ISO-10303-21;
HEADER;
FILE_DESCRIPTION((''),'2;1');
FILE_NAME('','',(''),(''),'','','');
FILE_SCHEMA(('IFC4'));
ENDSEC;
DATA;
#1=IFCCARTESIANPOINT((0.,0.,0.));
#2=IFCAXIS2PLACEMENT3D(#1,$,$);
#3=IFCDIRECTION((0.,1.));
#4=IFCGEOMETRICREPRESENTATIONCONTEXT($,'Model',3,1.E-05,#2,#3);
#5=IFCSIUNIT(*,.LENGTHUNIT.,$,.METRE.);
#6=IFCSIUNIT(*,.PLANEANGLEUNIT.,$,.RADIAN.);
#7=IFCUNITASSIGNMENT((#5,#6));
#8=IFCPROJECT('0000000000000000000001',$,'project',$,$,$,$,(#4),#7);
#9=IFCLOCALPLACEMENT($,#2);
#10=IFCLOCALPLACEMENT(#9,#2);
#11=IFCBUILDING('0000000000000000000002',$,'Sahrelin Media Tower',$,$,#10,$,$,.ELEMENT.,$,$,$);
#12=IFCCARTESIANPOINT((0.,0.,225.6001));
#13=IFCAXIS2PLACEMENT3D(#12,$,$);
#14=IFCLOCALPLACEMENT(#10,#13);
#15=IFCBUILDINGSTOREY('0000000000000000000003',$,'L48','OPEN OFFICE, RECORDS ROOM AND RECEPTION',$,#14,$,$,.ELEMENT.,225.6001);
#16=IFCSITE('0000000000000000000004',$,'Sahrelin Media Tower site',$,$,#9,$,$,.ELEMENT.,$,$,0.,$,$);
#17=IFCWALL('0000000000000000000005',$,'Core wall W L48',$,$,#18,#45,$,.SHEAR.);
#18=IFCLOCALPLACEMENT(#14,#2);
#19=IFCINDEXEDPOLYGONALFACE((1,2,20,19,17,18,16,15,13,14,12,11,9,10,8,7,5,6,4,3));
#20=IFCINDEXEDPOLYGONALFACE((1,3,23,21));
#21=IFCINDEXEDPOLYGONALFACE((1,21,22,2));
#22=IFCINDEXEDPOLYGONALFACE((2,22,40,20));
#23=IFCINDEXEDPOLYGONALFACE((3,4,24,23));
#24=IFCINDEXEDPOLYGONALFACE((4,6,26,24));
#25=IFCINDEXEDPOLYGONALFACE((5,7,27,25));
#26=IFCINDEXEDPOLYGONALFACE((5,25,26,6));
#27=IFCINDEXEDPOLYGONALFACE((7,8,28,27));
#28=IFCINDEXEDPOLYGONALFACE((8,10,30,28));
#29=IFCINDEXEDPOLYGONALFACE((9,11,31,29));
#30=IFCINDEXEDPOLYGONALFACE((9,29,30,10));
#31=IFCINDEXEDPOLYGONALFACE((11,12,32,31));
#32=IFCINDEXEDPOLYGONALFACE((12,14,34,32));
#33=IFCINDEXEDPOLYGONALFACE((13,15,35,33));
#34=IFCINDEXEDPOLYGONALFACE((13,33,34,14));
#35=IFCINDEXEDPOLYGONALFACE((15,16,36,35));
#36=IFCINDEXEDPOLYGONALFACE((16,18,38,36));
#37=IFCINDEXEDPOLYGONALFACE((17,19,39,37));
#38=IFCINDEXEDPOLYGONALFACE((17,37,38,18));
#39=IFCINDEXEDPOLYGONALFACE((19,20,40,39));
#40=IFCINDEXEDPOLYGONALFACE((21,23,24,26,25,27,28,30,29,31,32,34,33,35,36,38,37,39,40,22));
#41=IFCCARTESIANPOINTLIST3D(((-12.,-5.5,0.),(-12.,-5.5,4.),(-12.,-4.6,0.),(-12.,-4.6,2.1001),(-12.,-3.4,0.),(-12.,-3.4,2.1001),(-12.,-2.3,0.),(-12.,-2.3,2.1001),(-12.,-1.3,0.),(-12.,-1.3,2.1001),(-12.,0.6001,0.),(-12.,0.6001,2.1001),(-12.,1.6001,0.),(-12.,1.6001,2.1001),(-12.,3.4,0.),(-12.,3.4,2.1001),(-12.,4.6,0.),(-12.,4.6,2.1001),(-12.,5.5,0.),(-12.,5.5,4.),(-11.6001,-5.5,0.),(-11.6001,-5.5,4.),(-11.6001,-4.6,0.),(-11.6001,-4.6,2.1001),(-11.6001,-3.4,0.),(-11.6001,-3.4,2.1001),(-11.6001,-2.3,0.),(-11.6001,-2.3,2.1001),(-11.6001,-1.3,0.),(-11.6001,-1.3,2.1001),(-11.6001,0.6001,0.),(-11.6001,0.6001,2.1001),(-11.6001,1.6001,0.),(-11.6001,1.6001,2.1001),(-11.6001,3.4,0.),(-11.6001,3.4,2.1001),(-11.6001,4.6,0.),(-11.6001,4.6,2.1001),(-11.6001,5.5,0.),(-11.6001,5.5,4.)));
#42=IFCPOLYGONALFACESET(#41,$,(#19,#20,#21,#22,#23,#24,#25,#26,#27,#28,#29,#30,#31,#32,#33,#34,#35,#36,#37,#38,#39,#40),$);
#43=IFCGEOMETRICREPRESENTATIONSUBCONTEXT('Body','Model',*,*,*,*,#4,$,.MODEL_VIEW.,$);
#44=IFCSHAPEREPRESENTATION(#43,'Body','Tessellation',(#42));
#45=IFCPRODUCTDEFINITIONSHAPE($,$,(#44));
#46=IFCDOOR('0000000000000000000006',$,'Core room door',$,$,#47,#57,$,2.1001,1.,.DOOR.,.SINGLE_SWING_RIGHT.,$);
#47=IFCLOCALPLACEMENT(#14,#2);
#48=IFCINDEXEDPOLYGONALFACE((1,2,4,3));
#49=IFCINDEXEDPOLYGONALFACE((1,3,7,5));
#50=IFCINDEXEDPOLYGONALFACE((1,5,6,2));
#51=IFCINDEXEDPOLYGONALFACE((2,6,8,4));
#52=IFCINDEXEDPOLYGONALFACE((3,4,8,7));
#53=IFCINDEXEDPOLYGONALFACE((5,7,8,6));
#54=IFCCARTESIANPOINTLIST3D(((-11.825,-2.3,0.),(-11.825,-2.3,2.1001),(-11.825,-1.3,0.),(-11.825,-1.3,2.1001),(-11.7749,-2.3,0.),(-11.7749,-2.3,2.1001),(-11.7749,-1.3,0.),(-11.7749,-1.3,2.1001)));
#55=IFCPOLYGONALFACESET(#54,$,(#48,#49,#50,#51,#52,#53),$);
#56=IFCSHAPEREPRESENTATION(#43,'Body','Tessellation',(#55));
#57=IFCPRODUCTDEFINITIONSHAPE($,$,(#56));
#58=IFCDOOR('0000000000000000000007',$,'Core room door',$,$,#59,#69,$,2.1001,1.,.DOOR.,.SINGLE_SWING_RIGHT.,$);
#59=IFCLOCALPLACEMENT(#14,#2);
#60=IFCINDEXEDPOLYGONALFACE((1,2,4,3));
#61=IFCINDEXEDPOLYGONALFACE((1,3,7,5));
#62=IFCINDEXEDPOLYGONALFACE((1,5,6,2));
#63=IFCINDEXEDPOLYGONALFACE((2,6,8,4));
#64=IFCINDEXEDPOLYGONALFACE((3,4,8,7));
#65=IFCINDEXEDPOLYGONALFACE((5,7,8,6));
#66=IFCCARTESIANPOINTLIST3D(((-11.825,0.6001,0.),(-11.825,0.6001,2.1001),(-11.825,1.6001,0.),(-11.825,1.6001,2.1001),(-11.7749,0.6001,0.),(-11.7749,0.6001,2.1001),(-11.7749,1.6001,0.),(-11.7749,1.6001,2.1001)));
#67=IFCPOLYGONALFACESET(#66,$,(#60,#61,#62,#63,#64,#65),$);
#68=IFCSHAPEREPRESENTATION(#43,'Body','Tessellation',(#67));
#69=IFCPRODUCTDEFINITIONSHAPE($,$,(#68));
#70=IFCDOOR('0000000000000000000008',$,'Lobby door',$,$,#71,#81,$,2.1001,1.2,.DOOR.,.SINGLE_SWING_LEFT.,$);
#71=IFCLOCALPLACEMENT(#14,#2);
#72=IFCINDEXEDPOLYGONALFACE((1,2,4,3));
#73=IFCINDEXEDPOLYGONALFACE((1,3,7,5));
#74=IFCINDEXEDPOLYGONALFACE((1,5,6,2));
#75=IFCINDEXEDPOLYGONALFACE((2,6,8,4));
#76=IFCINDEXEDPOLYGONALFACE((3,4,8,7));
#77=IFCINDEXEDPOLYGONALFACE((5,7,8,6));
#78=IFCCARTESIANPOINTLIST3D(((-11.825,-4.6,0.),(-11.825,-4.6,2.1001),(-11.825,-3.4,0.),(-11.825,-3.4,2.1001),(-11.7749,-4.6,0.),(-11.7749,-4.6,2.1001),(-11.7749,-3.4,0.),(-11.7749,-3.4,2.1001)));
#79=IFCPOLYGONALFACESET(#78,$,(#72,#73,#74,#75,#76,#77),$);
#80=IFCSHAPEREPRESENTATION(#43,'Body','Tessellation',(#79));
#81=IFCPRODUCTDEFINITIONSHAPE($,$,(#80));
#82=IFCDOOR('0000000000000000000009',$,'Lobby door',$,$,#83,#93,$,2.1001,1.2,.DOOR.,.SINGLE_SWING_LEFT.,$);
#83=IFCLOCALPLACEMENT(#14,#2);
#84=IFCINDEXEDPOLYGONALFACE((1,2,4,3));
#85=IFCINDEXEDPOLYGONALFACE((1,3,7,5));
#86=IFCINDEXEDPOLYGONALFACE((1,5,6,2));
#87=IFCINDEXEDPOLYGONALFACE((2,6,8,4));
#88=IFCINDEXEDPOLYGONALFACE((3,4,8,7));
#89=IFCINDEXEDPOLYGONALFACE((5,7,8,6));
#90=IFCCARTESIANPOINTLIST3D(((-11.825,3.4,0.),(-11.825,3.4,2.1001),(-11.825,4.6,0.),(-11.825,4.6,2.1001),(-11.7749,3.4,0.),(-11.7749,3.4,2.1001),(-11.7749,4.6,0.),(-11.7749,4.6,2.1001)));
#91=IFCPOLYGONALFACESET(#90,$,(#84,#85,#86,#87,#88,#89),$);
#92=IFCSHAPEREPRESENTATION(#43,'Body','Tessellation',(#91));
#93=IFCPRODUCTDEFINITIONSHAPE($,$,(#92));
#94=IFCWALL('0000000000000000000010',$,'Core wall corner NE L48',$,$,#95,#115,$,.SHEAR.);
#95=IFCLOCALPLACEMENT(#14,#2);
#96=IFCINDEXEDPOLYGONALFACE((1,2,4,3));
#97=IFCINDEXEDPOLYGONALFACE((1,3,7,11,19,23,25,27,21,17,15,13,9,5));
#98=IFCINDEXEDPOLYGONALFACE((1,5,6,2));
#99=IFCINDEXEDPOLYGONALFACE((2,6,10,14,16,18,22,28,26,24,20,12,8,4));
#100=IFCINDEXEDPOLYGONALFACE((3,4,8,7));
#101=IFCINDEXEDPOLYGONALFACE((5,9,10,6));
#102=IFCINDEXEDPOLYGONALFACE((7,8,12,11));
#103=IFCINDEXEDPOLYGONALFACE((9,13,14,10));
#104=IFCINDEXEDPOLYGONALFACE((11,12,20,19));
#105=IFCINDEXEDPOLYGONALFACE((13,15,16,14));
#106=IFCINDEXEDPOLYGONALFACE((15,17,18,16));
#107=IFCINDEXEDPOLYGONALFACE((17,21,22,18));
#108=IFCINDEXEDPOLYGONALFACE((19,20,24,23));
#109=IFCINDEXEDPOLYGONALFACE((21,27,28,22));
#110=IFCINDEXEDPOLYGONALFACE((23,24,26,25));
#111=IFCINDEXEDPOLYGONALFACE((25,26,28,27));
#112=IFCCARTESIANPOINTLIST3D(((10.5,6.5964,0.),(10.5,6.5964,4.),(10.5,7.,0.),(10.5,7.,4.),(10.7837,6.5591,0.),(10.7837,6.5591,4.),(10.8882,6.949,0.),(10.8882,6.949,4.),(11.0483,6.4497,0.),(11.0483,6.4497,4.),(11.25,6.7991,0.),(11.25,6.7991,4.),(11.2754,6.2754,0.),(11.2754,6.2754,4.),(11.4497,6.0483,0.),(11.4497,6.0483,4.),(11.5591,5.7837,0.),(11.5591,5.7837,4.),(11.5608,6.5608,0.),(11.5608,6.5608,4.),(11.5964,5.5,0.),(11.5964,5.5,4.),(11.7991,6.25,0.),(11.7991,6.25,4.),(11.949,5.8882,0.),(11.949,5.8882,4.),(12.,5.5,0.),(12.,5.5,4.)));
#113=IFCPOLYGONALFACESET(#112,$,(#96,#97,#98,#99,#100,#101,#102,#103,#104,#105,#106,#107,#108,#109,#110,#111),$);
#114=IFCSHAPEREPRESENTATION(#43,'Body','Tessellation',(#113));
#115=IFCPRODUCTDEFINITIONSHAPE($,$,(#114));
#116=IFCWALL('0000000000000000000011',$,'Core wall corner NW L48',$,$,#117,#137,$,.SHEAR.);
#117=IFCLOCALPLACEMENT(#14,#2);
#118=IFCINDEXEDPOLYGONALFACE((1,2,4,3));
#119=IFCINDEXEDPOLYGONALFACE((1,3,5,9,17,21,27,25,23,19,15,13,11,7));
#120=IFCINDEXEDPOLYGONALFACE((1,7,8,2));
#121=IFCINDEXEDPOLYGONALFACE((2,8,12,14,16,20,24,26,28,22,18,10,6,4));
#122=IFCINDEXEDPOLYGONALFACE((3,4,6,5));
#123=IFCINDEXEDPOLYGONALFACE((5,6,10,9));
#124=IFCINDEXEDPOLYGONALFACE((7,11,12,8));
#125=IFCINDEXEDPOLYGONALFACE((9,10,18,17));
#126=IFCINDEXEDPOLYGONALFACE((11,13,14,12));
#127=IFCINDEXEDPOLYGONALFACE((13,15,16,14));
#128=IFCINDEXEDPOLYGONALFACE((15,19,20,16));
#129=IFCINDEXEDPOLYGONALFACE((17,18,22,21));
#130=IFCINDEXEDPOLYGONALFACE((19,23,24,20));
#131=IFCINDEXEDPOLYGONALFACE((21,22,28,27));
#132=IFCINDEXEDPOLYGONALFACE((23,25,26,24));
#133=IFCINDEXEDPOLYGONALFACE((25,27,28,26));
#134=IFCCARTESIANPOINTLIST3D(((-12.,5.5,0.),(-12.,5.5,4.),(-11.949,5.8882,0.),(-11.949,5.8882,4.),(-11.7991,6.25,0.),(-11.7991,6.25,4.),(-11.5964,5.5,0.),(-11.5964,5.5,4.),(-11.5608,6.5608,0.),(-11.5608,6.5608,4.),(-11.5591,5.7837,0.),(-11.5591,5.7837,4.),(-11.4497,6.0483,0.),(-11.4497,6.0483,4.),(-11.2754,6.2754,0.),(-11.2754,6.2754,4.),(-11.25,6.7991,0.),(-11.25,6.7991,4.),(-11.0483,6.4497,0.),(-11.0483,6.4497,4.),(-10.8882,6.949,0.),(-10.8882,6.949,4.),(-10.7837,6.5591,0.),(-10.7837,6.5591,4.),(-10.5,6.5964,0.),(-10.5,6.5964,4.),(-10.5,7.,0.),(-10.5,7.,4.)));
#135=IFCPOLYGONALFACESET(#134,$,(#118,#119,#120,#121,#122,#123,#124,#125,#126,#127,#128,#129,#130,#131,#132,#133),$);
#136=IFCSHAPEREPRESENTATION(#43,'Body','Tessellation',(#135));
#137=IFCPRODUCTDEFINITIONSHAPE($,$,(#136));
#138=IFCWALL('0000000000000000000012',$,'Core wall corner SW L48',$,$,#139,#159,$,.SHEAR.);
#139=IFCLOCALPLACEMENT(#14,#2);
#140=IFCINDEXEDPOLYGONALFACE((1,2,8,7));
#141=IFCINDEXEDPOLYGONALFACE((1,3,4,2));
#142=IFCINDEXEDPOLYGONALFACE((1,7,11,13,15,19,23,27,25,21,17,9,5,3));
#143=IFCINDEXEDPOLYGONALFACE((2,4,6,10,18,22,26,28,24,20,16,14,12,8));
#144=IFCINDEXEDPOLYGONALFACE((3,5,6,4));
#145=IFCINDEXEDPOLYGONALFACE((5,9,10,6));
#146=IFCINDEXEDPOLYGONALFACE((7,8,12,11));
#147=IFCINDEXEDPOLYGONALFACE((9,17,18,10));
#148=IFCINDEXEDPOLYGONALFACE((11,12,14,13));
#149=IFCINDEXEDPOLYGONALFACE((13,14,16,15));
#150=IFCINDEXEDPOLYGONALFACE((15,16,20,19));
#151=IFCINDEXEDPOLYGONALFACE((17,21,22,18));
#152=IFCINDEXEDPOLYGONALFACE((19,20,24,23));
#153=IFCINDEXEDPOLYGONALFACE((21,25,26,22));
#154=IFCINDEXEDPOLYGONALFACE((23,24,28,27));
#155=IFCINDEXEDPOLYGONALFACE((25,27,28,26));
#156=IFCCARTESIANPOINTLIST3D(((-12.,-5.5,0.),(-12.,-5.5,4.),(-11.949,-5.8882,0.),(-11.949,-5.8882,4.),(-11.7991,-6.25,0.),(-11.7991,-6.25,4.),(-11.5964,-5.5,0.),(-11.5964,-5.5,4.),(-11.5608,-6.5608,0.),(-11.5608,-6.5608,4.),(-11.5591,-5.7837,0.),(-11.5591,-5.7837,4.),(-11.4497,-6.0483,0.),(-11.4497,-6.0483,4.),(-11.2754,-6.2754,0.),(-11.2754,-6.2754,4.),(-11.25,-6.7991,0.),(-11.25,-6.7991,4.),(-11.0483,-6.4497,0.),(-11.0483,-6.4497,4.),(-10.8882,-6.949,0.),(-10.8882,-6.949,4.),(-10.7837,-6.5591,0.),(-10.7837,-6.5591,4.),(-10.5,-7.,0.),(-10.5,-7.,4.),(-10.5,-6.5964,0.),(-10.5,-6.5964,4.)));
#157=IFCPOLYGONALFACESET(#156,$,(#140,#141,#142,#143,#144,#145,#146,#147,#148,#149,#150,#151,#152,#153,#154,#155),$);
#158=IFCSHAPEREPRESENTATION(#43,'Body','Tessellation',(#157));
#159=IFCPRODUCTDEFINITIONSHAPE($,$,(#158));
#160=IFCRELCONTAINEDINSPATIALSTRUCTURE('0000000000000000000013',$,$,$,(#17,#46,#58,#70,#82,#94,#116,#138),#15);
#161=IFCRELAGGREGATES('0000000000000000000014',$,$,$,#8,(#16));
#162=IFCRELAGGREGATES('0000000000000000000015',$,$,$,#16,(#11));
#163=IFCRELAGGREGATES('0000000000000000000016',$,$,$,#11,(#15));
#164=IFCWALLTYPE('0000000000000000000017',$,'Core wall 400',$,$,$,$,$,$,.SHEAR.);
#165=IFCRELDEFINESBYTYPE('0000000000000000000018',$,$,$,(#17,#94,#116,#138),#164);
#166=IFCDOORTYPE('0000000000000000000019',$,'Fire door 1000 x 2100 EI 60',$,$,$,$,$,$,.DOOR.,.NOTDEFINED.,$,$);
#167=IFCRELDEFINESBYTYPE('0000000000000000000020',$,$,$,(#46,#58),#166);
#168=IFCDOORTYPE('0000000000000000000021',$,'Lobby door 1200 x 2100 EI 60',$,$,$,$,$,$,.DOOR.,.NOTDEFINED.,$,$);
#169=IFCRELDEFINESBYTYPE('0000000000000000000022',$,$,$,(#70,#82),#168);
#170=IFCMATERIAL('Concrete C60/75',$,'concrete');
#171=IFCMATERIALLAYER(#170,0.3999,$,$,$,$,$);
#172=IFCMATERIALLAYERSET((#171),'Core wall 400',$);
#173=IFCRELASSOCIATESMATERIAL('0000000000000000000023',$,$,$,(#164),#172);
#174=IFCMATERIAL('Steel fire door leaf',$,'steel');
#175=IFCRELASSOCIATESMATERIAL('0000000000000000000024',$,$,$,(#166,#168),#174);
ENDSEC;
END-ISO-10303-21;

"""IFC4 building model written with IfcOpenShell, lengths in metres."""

from ifc_helpers import new_model, si_unit, direction, frame, frame_2d, origin, place, context, subcontext, project, spatial, polyline, rectangle, outline, extrude, material, layer, layer_set, type_object, element, fill, save


model = new_model("IFC4")

# Units and contexts
model_context = context("Model", 3, precision=1e-05, world=origin(), true_north=direction((0.0, 1.0)))
body_context = subcontext(model_context, "Body", "Model", "MODEL_VIEW")
ifc_project = project(units=[si_unit("LENGTHUNIT", "METRE"), si_unit("PLANEANGLEUNIT", "RADIAN")], contexts=[model_context])

# Site, building, storey
site_placement = place(None, origin())
site = spatial("IfcSite", under=ifc_project, at=site_placement, Name="Sahrelin Media Tower site", CompositionType="ELEMENT", RefElevation=0.0)
building_placement = place(site_placement, origin())
building = spatial("IfcBuilding", under=site, at=building_placement, Name="Sahrelin Media Tower", CompositionType="ELEMENT")
storey_placement = place(building_placement, frame((0.0, 0.0, 225.6001)))
storey = spatial("IfcBuildingStorey", under=building, at=storey_placement, Name="L48", Description="OPEN OFFICE, RECORDS ROOM AND RECEPTION", CompositionType="ELEMENT", Elevation=225.6001)

# Shared definitions
placement_1 = place(storey_placement, origin())

# Wall, openings, doors
ifc_material_1 = material(Name="Concrete C60/75", Category="concrete")
ifc_layer_1 = layer(ifc_material_1, 0.3999)
ifc_layer_set_1 = layer_set([ifc_layer_1], Name="Core wall 400")
wall_type_1 = type_object("IfcWallType", Name="Core wall 400", PredefinedType="SHEAR", material=ifc_layer_set_1)
wall_1_placement = place(storey_placement, frame((-11.8, -5.5, 0.0), z_axis=(0.0, 0.0, 1.0), x_axis=(0.0, 1.0, 0.0)))
wall_1 = element("IfcWall", 1, at=wall_1_placement, inside=storey, type_object=wall_type_1, Name="Core wall W L48", PredefinedType="SHEAR", context=body_context, shape_type="SweptSolid", body=[
    extrude(rectangle(XDim=11.0, YDim=0.3999, at=frame_2d((5.5, 0.0))), origin(), (0.0, 0.0, 1.0), 4.0),
])
opening_1_placement = place(wall_1_placement, frame((3.2, 0.0, 0.0)))
opening_1 = element("IfcOpeningElement", 2, at=opening_1_placement, cuts=wall_1, PredefinedType="OPENING", context=body_context, shape_type="SweptSolid", body=[
    extrude(rectangle(XDim=1.0, YDim=2.1001, at=frame_2d((0.5, 1.05))), frame((0.0, 0.2, 0.0), z_axis=(0.0, -1.0, 0.0), x_axis=(1.0, 0.0, 0.0)), (0.0, 0.0, 1.0), 0.3999),
])
opening_2_placement = place(wall_1_placement, frame((6.1001, 0.0, 0.0)))
opening_2 = element("IfcOpeningElement", 3, at=opening_2_placement, cuts=wall_1, PredefinedType="OPENING", context=body_context, shape_type="SweptSolid", body=[
    extrude(rectangle(XDim=1.0, YDim=2.1001, at=frame_2d((0.5, 1.05))), frame((0.0, 0.2, 0.0), z_axis=(0.0, -1.0, 0.0), x_axis=(1.0, 0.0, 0.0)), (0.0, 0.0, 1.0), 0.3999),
])
opening_3_placement = place(wall_1_placement, frame((0.8999, 0.0, 0.0)))
opening_3 = element("IfcOpeningElement", 4, at=opening_3_placement, cuts=wall_1, PredefinedType="OPENING", context=body_context, shape_type="SweptSolid", body=[
    extrude(rectangle(XDim=1.2, YDim=2.1001, at=frame_2d((0.6001, 1.05))), frame((0.0, 0.2, 0.0), z_axis=(0.0, -1.0, 0.0), x_axis=(1.0, 0.0, 0.0)), (0.0, 0.0, 1.0), 0.3999),
])
opening_4_placement = place(wall_1_placement, frame((8.8999, 0.0, 0.0)))
opening_4 = element("IfcOpeningElement", 5, at=opening_4_placement, cuts=wall_1, PredefinedType="OPENING", context=body_context, shape_type="SweptSolid", body=[
    extrude(rectangle(XDim=1.2, YDim=2.1001, at=frame_2d((0.6001, 1.05))), frame((0.0, 0.2, 0.0), z_axis=(0.0, -1.0, 0.0), x_axis=(1.0, 0.0, 0.0)), (0.0, 0.0, 1.0), 0.3999),
])
ifc_material_2 = material(Name="Steel fire door leaf", Category="steel")
door_type_1 = type_object("IfcDoorType", Name="Fire door 1000 x 2100 EI 60", OperationType="NOTDEFINED", PredefinedType="DOOR", material=ifc_material_2)
door_1_placement = place(opening_1_placement, origin())
door_1 = element("IfcDoor", 6, at=door_1_placement, inside=storey, type_object=door_type_1, Name="Core room door", OperationType="SINGLE_SWING_RIGHT", OverallHeight=2.1001, OverallWidth=1.0, PredefinedType="DOOR", context=body_context, shape_type="SweptSolid", body=[
    extrude(rectangle(XDim=1.0, YDim=2.1001, at=frame_2d((0.5, 1.05))), frame((0.0, 0.0249, 0.0), z_axis=(0.0, -1.0, 0.0), x_axis=(1.0, 0.0, 0.0)), (0.0, 0.0, 1.0), 0.05),
])
fill(opening_1, door_1)
door_2_placement = place(opening_2_placement, origin())
door_2 = element("IfcDoor", 7, at=door_2_placement, inside=storey, type_object=door_type_1, Name="Core room door", OperationType="SINGLE_SWING_RIGHT", OverallHeight=2.1001, OverallWidth=1.0, PredefinedType="DOOR", context=body_context, shape_type="SweptSolid", body=[
    extrude(rectangle(XDim=1.0, YDim=2.1001, at=frame_2d((0.5, 1.05))), frame((0.0, 0.0249, 0.0), z_axis=(0.0, -1.0, 0.0), x_axis=(1.0, 0.0, 0.0)), (0.0, 0.0, 1.0), 0.05),
])
fill(opening_2, door_2)
door_type_2 = type_object("IfcDoorType", Name="Lobby door 1200 x 2100 EI 60", OperationType="NOTDEFINED", PredefinedType="DOOR", material=ifc_material_2)
door_3_placement = place(opening_3_placement, origin())
door_3 = element("IfcDoor", 8, at=door_3_placement, inside=storey, type_object=door_type_2, Name="Lobby door", OperationType="SINGLE_SWING_LEFT", OverallHeight=2.1001, OverallWidth=1.2, PredefinedType="DOOR", context=body_context, shape_type="SweptSolid", body=[
    extrude(rectangle(XDim=1.2, YDim=2.1001, at=frame_2d((0.6001, 1.05))), frame((0.0, 0.0249, 0.0), z_axis=(0.0, -1.0, 0.0), x_axis=(1.0, 0.0, 0.0)), (0.0, 0.0, 1.0), 0.05),
])
fill(opening_3, door_3)
door_4_placement = place(opening_4_placement, origin())
door_4 = element("IfcDoor", 9, at=door_4_placement, inside=storey, type_object=door_type_2, Name="Lobby door", OperationType="SINGLE_SWING_LEFT", OverallHeight=2.1001, OverallWidth=1.2, PredefinedType="DOOR", context=body_context, shape_type="SweptSolid", body=[
    extrude(rectangle(XDim=1.2, YDim=2.1001, at=frame_2d((0.6001, 1.05))), frame((0.0, 0.0249, 0.0), z_axis=(0.0, -1.0, 0.0), x_axis=(1.0, 0.0, 0.0)), (0.0, 0.0, 1.0), 0.05),
])
fill(opening_4, door_4)

# Walls
element("IfcWall", 10, at=placement_1, inside=storey, type_object=wall_type_1, Name="Core wall corner NE L48", PredefinedType="SHEAR", context=body_context, shape_type="SweptSolid", body=[
    extrude(outline(polyline([(10.5, 7.0), (10.5, 6.5964), (10.7837, 6.5591), (11.0483, 6.4497), (11.2754, 6.2754), (11.4497, 6.0483), (11.5591, 5.7837), (11.5964, 5.5), (12.0, 5.5), (11.949, 5.8882), (11.7991, 6.25), (11.5608, 6.5608), (11.25, 6.7991), (10.8882, 6.949), (10.5, 7.0)])), origin(), (0.0, 0.0, 1.0), 4.0),
])
element("IfcWall", 11, at=placement_1, inside=storey, type_object=wall_type_1, Name="Core wall corner NW L48", PredefinedType="SHEAR", context=body_context, shape_type="SweptSolid", body=[
    extrude(outline(polyline([(-12.0, 5.5), (-11.5964, 5.5), (-11.5591, 5.7837), (-11.4497, 6.0483), (-11.2754, 6.2754), (-11.0483, 6.4497), (-10.7837, 6.5591), (-10.5, 6.5964), (-10.5, 7.0), (-10.8882, 6.949), (-11.25, 6.7991), (-11.5608, 6.5608), (-11.7991, 6.25), (-11.949, 5.8882), (-12.0, 5.5)])), origin(), (0.0, 0.0, 1.0), 4.0),
])
element("IfcWall", 12, at=placement_1, inside=storey, type_object=wall_type_1, Name="Core wall corner SW L48", PredefinedType="SHEAR", context=body_context, shape_type="SweptSolid", body=[
    extrude(outline(polyline([(-10.5, -7.0), (-10.5, -6.5964), (-10.7837, -6.5591), (-11.0483, -6.4497), (-11.2754, -6.2754), (-11.4497, -6.0483), (-11.5591, -5.7837), (-11.5964, -5.5), (-12.0, -5.5), (-11.949, -5.8882), (-11.7991, -6.25), (-11.5608, -6.5608), (-11.25, -6.7991), (-10.8882, -6.949), (-10.5, -7.0)])), origin(), (0.0, 0.0, 1.0), 4.0),
])

save(model, "model.ifc")
